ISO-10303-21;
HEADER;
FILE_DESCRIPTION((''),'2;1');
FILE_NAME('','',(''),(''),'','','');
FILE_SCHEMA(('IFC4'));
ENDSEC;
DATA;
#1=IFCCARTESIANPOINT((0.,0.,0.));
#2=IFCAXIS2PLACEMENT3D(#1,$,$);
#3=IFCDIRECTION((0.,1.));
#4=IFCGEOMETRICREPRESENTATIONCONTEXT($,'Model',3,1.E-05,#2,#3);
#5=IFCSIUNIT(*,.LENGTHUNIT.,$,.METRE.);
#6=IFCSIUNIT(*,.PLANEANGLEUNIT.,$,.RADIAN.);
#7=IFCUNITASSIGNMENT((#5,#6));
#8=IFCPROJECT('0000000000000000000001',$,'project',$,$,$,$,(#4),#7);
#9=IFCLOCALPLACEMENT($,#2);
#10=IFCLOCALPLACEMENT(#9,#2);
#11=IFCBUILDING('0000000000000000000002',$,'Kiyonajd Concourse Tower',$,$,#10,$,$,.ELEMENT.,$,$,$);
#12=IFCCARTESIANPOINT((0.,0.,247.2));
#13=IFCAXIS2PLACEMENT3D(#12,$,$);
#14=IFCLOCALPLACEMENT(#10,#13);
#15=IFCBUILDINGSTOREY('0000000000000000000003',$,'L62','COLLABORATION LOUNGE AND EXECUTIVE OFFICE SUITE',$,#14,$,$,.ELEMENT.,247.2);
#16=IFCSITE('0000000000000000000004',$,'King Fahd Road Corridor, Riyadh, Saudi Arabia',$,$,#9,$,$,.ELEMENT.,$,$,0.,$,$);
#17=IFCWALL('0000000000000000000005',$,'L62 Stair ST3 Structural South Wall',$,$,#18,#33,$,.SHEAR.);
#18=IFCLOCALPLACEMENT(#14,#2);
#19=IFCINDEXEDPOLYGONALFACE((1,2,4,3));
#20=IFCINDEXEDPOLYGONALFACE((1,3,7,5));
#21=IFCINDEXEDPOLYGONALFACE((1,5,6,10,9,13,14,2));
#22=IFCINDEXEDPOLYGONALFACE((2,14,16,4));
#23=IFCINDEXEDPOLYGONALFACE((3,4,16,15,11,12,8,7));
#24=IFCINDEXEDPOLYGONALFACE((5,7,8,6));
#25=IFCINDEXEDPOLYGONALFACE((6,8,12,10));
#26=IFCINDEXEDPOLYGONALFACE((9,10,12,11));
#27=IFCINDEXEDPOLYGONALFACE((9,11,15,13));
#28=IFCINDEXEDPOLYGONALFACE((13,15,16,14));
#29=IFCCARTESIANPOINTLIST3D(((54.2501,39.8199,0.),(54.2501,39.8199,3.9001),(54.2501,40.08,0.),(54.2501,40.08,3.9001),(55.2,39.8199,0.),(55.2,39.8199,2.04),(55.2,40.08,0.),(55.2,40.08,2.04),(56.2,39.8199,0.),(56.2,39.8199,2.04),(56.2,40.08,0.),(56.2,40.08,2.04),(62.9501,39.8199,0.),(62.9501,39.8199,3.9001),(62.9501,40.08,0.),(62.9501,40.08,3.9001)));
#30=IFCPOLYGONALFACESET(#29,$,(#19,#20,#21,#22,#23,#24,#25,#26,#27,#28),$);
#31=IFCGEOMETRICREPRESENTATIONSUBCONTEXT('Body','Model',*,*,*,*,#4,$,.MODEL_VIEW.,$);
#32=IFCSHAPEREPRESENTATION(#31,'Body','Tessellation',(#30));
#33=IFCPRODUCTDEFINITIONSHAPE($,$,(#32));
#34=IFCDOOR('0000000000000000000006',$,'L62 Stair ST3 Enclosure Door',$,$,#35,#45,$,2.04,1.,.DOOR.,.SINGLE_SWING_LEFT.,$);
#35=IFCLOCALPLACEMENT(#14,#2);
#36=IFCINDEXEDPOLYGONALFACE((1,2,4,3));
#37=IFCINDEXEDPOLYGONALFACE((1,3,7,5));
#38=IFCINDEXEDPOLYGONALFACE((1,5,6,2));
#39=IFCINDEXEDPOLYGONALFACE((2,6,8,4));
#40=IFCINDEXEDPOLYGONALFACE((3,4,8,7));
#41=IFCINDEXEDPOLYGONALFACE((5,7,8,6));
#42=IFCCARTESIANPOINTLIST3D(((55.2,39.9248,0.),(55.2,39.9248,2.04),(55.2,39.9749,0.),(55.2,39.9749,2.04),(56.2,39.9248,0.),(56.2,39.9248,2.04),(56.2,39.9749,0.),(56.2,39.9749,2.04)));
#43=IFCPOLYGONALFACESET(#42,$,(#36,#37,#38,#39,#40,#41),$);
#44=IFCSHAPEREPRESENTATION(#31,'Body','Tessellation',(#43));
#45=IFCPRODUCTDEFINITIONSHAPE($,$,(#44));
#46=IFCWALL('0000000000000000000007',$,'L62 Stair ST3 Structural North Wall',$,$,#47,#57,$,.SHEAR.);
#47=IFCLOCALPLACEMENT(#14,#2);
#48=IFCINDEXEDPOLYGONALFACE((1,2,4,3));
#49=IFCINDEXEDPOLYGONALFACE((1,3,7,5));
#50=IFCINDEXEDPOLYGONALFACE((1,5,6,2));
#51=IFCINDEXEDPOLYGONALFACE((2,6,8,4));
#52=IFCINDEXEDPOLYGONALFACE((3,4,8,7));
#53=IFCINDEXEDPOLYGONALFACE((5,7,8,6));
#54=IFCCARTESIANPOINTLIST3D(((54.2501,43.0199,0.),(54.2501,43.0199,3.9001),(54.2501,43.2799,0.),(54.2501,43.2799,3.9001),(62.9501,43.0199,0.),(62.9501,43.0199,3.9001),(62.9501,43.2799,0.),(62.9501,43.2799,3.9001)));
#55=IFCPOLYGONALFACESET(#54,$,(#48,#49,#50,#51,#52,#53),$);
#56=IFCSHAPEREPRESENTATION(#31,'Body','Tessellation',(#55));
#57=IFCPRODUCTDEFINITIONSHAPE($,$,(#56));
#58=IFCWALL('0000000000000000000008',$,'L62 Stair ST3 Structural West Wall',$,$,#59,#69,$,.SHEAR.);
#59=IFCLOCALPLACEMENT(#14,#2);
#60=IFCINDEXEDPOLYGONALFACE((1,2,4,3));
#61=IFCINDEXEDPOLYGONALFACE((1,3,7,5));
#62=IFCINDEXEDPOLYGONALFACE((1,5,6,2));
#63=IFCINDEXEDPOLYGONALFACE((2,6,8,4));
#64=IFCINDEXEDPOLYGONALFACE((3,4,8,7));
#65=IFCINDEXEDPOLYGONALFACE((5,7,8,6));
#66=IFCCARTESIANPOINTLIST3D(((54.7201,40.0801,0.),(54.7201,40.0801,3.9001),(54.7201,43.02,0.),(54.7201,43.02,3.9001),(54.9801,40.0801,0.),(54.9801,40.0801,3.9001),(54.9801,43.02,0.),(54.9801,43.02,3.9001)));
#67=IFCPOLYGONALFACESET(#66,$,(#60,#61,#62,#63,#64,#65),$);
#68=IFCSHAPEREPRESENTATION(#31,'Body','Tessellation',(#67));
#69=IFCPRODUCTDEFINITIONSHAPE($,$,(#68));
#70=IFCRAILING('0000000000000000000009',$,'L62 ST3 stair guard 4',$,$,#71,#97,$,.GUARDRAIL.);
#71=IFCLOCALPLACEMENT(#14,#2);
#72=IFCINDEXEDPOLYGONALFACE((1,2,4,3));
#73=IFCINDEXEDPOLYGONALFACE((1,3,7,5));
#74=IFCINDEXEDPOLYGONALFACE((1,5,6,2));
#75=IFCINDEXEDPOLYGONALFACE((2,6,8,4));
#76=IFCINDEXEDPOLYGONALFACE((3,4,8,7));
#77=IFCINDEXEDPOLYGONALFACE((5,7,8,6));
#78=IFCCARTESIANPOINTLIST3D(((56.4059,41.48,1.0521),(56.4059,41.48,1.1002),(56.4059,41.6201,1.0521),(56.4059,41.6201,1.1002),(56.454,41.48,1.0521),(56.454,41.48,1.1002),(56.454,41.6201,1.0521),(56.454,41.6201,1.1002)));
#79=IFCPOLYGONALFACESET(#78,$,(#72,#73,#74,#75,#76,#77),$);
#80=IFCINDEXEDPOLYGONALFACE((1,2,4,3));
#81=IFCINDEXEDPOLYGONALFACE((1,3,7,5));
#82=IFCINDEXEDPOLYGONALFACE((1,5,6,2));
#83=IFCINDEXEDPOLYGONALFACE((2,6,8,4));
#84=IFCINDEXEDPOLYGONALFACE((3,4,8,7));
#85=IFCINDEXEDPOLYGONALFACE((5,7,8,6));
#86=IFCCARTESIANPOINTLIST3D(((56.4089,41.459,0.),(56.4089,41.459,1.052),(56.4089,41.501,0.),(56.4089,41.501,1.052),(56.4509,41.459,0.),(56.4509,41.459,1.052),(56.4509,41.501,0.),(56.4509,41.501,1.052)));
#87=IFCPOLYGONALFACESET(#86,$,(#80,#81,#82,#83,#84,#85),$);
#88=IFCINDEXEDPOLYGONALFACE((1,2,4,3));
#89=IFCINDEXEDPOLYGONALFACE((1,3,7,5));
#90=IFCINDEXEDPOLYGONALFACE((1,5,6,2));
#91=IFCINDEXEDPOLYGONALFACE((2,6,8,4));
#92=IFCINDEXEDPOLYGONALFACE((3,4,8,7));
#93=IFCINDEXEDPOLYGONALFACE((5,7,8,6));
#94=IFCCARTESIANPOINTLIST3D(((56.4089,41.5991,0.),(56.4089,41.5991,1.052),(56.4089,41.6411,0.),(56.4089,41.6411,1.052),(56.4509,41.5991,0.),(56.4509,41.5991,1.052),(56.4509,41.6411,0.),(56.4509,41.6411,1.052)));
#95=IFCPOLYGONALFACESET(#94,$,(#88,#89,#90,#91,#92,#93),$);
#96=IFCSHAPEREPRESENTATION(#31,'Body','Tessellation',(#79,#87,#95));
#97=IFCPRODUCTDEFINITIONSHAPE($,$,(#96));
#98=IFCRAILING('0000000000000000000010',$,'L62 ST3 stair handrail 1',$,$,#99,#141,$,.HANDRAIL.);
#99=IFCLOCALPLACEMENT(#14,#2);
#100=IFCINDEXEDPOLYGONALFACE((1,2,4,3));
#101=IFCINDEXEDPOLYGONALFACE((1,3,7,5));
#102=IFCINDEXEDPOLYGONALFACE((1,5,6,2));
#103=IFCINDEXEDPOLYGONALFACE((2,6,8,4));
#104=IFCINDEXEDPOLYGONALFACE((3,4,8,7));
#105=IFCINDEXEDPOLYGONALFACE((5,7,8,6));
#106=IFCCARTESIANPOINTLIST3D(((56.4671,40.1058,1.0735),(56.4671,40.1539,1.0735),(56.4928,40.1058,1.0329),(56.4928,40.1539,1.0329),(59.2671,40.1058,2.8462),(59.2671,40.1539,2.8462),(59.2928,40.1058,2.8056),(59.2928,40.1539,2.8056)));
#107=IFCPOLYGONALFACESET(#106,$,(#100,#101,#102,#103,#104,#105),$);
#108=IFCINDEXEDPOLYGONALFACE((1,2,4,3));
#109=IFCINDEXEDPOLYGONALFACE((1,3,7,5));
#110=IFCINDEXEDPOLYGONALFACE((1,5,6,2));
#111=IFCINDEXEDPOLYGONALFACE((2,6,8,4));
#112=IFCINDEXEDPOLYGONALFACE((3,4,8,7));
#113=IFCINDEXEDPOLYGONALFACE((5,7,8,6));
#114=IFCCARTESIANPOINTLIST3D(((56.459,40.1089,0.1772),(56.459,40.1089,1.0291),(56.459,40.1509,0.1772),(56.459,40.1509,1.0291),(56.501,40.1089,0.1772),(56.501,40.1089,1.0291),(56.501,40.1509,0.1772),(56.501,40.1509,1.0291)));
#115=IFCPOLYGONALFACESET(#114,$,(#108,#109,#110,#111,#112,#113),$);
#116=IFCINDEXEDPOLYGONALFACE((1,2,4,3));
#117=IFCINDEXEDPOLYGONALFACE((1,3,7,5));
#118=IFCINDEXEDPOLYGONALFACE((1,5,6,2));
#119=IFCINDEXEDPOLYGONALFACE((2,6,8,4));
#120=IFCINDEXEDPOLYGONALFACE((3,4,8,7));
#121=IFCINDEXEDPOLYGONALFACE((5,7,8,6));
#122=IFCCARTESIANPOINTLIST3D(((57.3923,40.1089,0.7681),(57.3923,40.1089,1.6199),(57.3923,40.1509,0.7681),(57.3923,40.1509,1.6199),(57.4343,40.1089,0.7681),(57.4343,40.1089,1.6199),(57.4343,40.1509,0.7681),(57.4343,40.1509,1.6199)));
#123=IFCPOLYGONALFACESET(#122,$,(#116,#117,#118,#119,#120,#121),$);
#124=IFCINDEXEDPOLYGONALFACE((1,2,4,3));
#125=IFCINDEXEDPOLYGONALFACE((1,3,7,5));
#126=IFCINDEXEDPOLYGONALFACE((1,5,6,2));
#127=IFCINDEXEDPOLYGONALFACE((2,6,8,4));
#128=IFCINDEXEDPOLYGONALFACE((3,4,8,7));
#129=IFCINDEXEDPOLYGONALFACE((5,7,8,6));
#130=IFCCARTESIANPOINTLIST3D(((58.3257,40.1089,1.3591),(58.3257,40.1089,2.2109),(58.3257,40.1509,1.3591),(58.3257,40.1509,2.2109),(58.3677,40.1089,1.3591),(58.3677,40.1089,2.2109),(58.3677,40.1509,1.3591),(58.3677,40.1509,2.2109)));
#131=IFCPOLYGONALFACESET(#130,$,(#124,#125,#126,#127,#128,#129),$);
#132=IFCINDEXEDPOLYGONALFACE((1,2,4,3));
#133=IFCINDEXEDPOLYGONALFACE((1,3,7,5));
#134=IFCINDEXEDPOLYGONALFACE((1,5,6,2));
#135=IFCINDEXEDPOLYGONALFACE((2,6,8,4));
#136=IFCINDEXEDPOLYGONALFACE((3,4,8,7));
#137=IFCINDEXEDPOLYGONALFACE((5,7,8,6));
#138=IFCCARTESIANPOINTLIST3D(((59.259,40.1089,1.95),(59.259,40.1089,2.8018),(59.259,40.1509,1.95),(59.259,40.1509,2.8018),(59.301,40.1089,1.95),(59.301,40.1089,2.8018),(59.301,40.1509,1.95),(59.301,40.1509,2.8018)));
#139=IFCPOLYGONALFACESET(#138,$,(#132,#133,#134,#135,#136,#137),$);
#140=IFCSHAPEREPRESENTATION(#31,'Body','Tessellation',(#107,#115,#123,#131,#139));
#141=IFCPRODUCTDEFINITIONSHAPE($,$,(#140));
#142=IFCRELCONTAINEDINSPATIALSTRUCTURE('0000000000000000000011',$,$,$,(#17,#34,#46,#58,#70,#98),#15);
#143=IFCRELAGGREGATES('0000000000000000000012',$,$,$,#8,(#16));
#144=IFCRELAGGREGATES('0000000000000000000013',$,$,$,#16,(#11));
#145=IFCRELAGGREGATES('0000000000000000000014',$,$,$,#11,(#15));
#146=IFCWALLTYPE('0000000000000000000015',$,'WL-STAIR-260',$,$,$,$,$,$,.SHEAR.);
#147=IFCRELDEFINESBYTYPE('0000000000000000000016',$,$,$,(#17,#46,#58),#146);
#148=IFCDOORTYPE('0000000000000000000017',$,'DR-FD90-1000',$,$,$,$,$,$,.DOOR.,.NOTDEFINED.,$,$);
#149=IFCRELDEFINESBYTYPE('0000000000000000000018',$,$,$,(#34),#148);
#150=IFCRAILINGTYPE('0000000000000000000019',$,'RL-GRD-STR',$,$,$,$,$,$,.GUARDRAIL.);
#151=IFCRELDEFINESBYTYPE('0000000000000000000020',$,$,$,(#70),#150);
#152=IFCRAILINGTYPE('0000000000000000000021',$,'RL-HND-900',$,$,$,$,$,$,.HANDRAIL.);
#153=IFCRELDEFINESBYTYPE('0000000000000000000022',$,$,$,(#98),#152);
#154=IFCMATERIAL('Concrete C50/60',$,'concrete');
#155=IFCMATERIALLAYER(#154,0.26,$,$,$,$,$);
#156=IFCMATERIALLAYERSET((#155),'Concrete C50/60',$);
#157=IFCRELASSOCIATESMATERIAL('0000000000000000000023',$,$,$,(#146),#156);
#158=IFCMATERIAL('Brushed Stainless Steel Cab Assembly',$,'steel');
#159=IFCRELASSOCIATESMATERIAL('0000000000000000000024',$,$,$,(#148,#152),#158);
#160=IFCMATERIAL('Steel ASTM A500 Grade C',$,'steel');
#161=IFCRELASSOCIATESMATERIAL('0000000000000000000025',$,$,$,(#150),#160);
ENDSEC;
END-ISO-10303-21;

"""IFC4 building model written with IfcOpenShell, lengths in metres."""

from ifc_helpers import new_model, si_unit, direction, frame, frame_2d, origin, origin_2d, place, context, subcontext, project, spatial, rectangle, extrude, material, layer, layer_set, type_object, element, fill, save


model = new_model("IFC4")

# Units and contexts
model_context = context("Model", 3, precision=1e-05, world=origin(), true_north=direction((0.0, 1.0)))
body_context = subcontext(model_context, "Body", "Model", "MODEL_VIEW")
ifc_project = project(units=[si_unit("LENGTHUNIT", "METRE"), si_unit("PLANEANGLEUNIT", "RADIAN")], contexts=[model_context])

# Site, building, storey
site_placement = place(None, origin())
site = spatial("IfcSite", under=ifc_project, at=site_placement, Name="King Fahd Road Corridor, Riyadh, Saudi Arabia", CompositionType="ELEMENT", RefElevation=0.0)
building_placement = place(site_placement, origin())
building = spatial("IfcBuilding", under=site, at=building_placement, Name="Kiyonajd Concourse Tower", CompositionType="ELEMENT")
storey_placement = place(building_placement, frame((0.0, 0.0, 247.2)))
storey = spatial("IfcBuildingStorey", under=building, at=storey_placement, Name="L62", Description="COLLABORATION LOUNGE AND EXECUTIVE OFFICE SUITE", CompositionType="ELEMENT", Elevation=247.2)

# Shared definitions
ifc_material_1 = material(Name="Concrete C50/60", Category="concrete")

# Wall, opening, door
ifc_layer_1 = layer(ifc_material_1, 0.26)
ifc_layer_set_1 = layer_set([ifc_layer_1], Name="Concrete C50/60")
wall_type_1 = type_object("IfcWallType", Name="WL-STAIR-260", PredefinedType="SHEAR", material=ifc_layer_set_1)
wall_1_placement = place(storey_placement, frame((54.25, 39.95, 0.0), z_axis=(0.0, 0.0, 1.0), x_axis=(1.0, 0.0, 0.0)))
wall_1 = element("IfcWall", 1, at=wall_1_placement, inside=storey, type_object=wall_type_1, Name="L62 Stair ST3 Structural South Wall", PredefinedType="SHEAR", context=body_context, shape_type="SweptSolid", body=[
    extrude(rectangle(XDim=8.7, YDim=0.26, at=frame_2d((4.3501, 0.0))), origin(), (0.0, 0.0, 1.0), 3.9001),
])
opening_1_placement = place(wall_1_placement, frame((0.95, 0.0, 0.0)))
opening_1 = element("IfcOpeningElement", 2, at=opening_1_placement, cuts=wall_1, PredefinedType="OPENING", context=body_context, shape_type="SweptSolid", body=[
    extrude(rectangle(XDim=1.0, YDim=2.04, at=frame_2d((0.5, 1.02))), frame((0.0, 0.1399, 0.0), z_axis=(0.0, -1.0, 0.0), x_axis=(1.0, 0.0, 0.0)), (0.0, 0.0, 1.0), 0.28),
])
ifc_material_2 = material(Name="Brushed Stainless Steel Cab Assembly", Category="steel")
door_type_1 = type_object("IfcDoorType", Name="DR-FD90-1000", OperationType="NOTDEFINED", PredefinedType="DOOR", material=ifc_material_2)
door_1_placement = place(opening_1_placement, origin())
door_1 = element("IfcDoor", 3, at=door_1_placement, inside=storey, type_object=door_type_1, Name="L62 Stair ST3 Enclosure Door", OperationType="SINGLE_SWING_LEFT", OverallHeight=2.04, OverallWidth=1.0, PredefinedType="DOOR", context=body_context, shape_type="SweptSolid", body=[
    extrude(rectangle(XDim=1.0, YDim=2.04, at=frame_2d((0.5, 1.02))), frame((0.0, 0.0249, 0.0), z_axis=(0.0, -1.0, 0.0), x_axis=(1.0, 0.0, 0.0)), (0.0, 0.0, 1.0), 0.05),
])
fill(opening_1, door_1)

# Walls
wall_2_placement = place(storey_placement, frame((54.25, 43.1499, 0.0), z_axis=(0.0, 0.0, 1.0), x_axis=(1.0, 0.0, 0.0)))
element("IfcWall", 4, at=wall_2_placement, inside=storey, type_object=wall_type_1, Name="L62 Stair ST3 Structural North Wall", PredefinedType="SHEAR", context=body_context, shape_type="SweptSolid", body=[
    extrude(rectangle(XDim=8.7, YDim=0.26, at=frame_2d((4.3501, 0.0))), origin(), (0.0, 0.0, 1.0), 3.9001),
])
wall_3_placement = place(storey_placement, frame((54.8501, 40.0801, 0.0), z_axis=(0.0, 0.0, 1.0), x_axis=(0.0, 1.0, 0.0)))
element("IfcWall", 5, at=wall_3_placement, inside=storey, type_object=wall_type_1, Name="L62 Stair ST3 Structural West Wall", PredefinedType="SHEAR", context=body_context, shape_type="SweptSolid", body=[
    extrude(rectangle(XDim=2.9399, YDim=0.26, at=frame_2d((1.47, 0.0))), origin(), (0.0, 0.0, 1.0), 3.9001),
])

# Railings
ifc_material_3 = material(Name="Steel ASTM A500 Grade C", Category="steel")
railing_type_1 = type_object("IfcRailingType", Name="RL-GRD-STR", PredefinedType="GUARDRAIL", material=ifc_material_3)
railing_1_placement = place(storey_placement, frame((56.4299, 41.48, 0.0)))
element("IfcRailing", 6, at=railing_1_placement, inside=storey, type_object=railing_type_1, Name="L62 ST3 stair guard 4", PredefinedType="GUARDRAIL", context=body_context, shape_type="SweptSolid", body=[
    extrude(rectangle(XDim=0.0481, YDim=0.0481, at=origin_2d()), frame((0.0, 0.0, 1.0762), z_axis=(0.0, 1.0, 0.0), x_axis=(-1.0, 0.0, 0.0)), (0.0, 0.0, 1.0), 0.1401),
    extrude(rectangle(XDim=0.042, YDim=0.042, at=origin_2d()), origin(), (0.0, 0.0, 1.0), 1.052),
    extrude(rectangle(XDim=0.042, YDim=0.042, at=origin_2d()), frame((0.0, 0.1401, 0.0)), (0.0, 0.0, 1.0), 1.052),
])
railing_type_2 = type_object("IfcRailingType", Name="RL-HND-900", PredefinedType="HANDRAIL", material=ifc_material_2)
railing_2_placement = place(storey_placement, frame((56.48, 40.1299, 0.1772)))
element("IfcRailing", 7, at=railing_2_placement, inside=storey, type_object=railing_type_2, Name="L62 ST3 stair handrail 1", PredefinedType="HANDRAIL", context=body_context, shape_type="SweptSolid", body=[
    extrude(rectangle(XDim=0.0481, YDim=0.0481, at=origin_2d()), frame((0.0, 0.0, 0.876), z_axis=(0.844909, 0.0, 0.53491), x_axis=(0.0, 1.0, 0.0)), (0.0, 0.0, 1.0), 3.314),
    extrude(rectangle(XDim=0.042, YDim=0.042, at=origin_2d()), origin(), (0.0, 0.0, 1.0), 0.8518),
    extrude(rectangle(XDim=0.042, YDim=0.042, at=origin_2d()), frame((0.9333, 0.0, 0.5908)), (0.0, 0.0, 1.0), 0.8518),
    extrude(rectangle(XDim=0.042, YDim=0.042, at=origin_2d()), frame((1.8667, 0.0, 1.1819)), (0.0, 0.0, 1.0), 0.8518),
    extrude(rectangle(XDim=0.042, YDim=0.042, at=origin_2d()), frame((2.8, 0.0, 1.7727)), (0.0, 0.0, 1.0), 0.8518),
])

save(model, "model.ifc")
